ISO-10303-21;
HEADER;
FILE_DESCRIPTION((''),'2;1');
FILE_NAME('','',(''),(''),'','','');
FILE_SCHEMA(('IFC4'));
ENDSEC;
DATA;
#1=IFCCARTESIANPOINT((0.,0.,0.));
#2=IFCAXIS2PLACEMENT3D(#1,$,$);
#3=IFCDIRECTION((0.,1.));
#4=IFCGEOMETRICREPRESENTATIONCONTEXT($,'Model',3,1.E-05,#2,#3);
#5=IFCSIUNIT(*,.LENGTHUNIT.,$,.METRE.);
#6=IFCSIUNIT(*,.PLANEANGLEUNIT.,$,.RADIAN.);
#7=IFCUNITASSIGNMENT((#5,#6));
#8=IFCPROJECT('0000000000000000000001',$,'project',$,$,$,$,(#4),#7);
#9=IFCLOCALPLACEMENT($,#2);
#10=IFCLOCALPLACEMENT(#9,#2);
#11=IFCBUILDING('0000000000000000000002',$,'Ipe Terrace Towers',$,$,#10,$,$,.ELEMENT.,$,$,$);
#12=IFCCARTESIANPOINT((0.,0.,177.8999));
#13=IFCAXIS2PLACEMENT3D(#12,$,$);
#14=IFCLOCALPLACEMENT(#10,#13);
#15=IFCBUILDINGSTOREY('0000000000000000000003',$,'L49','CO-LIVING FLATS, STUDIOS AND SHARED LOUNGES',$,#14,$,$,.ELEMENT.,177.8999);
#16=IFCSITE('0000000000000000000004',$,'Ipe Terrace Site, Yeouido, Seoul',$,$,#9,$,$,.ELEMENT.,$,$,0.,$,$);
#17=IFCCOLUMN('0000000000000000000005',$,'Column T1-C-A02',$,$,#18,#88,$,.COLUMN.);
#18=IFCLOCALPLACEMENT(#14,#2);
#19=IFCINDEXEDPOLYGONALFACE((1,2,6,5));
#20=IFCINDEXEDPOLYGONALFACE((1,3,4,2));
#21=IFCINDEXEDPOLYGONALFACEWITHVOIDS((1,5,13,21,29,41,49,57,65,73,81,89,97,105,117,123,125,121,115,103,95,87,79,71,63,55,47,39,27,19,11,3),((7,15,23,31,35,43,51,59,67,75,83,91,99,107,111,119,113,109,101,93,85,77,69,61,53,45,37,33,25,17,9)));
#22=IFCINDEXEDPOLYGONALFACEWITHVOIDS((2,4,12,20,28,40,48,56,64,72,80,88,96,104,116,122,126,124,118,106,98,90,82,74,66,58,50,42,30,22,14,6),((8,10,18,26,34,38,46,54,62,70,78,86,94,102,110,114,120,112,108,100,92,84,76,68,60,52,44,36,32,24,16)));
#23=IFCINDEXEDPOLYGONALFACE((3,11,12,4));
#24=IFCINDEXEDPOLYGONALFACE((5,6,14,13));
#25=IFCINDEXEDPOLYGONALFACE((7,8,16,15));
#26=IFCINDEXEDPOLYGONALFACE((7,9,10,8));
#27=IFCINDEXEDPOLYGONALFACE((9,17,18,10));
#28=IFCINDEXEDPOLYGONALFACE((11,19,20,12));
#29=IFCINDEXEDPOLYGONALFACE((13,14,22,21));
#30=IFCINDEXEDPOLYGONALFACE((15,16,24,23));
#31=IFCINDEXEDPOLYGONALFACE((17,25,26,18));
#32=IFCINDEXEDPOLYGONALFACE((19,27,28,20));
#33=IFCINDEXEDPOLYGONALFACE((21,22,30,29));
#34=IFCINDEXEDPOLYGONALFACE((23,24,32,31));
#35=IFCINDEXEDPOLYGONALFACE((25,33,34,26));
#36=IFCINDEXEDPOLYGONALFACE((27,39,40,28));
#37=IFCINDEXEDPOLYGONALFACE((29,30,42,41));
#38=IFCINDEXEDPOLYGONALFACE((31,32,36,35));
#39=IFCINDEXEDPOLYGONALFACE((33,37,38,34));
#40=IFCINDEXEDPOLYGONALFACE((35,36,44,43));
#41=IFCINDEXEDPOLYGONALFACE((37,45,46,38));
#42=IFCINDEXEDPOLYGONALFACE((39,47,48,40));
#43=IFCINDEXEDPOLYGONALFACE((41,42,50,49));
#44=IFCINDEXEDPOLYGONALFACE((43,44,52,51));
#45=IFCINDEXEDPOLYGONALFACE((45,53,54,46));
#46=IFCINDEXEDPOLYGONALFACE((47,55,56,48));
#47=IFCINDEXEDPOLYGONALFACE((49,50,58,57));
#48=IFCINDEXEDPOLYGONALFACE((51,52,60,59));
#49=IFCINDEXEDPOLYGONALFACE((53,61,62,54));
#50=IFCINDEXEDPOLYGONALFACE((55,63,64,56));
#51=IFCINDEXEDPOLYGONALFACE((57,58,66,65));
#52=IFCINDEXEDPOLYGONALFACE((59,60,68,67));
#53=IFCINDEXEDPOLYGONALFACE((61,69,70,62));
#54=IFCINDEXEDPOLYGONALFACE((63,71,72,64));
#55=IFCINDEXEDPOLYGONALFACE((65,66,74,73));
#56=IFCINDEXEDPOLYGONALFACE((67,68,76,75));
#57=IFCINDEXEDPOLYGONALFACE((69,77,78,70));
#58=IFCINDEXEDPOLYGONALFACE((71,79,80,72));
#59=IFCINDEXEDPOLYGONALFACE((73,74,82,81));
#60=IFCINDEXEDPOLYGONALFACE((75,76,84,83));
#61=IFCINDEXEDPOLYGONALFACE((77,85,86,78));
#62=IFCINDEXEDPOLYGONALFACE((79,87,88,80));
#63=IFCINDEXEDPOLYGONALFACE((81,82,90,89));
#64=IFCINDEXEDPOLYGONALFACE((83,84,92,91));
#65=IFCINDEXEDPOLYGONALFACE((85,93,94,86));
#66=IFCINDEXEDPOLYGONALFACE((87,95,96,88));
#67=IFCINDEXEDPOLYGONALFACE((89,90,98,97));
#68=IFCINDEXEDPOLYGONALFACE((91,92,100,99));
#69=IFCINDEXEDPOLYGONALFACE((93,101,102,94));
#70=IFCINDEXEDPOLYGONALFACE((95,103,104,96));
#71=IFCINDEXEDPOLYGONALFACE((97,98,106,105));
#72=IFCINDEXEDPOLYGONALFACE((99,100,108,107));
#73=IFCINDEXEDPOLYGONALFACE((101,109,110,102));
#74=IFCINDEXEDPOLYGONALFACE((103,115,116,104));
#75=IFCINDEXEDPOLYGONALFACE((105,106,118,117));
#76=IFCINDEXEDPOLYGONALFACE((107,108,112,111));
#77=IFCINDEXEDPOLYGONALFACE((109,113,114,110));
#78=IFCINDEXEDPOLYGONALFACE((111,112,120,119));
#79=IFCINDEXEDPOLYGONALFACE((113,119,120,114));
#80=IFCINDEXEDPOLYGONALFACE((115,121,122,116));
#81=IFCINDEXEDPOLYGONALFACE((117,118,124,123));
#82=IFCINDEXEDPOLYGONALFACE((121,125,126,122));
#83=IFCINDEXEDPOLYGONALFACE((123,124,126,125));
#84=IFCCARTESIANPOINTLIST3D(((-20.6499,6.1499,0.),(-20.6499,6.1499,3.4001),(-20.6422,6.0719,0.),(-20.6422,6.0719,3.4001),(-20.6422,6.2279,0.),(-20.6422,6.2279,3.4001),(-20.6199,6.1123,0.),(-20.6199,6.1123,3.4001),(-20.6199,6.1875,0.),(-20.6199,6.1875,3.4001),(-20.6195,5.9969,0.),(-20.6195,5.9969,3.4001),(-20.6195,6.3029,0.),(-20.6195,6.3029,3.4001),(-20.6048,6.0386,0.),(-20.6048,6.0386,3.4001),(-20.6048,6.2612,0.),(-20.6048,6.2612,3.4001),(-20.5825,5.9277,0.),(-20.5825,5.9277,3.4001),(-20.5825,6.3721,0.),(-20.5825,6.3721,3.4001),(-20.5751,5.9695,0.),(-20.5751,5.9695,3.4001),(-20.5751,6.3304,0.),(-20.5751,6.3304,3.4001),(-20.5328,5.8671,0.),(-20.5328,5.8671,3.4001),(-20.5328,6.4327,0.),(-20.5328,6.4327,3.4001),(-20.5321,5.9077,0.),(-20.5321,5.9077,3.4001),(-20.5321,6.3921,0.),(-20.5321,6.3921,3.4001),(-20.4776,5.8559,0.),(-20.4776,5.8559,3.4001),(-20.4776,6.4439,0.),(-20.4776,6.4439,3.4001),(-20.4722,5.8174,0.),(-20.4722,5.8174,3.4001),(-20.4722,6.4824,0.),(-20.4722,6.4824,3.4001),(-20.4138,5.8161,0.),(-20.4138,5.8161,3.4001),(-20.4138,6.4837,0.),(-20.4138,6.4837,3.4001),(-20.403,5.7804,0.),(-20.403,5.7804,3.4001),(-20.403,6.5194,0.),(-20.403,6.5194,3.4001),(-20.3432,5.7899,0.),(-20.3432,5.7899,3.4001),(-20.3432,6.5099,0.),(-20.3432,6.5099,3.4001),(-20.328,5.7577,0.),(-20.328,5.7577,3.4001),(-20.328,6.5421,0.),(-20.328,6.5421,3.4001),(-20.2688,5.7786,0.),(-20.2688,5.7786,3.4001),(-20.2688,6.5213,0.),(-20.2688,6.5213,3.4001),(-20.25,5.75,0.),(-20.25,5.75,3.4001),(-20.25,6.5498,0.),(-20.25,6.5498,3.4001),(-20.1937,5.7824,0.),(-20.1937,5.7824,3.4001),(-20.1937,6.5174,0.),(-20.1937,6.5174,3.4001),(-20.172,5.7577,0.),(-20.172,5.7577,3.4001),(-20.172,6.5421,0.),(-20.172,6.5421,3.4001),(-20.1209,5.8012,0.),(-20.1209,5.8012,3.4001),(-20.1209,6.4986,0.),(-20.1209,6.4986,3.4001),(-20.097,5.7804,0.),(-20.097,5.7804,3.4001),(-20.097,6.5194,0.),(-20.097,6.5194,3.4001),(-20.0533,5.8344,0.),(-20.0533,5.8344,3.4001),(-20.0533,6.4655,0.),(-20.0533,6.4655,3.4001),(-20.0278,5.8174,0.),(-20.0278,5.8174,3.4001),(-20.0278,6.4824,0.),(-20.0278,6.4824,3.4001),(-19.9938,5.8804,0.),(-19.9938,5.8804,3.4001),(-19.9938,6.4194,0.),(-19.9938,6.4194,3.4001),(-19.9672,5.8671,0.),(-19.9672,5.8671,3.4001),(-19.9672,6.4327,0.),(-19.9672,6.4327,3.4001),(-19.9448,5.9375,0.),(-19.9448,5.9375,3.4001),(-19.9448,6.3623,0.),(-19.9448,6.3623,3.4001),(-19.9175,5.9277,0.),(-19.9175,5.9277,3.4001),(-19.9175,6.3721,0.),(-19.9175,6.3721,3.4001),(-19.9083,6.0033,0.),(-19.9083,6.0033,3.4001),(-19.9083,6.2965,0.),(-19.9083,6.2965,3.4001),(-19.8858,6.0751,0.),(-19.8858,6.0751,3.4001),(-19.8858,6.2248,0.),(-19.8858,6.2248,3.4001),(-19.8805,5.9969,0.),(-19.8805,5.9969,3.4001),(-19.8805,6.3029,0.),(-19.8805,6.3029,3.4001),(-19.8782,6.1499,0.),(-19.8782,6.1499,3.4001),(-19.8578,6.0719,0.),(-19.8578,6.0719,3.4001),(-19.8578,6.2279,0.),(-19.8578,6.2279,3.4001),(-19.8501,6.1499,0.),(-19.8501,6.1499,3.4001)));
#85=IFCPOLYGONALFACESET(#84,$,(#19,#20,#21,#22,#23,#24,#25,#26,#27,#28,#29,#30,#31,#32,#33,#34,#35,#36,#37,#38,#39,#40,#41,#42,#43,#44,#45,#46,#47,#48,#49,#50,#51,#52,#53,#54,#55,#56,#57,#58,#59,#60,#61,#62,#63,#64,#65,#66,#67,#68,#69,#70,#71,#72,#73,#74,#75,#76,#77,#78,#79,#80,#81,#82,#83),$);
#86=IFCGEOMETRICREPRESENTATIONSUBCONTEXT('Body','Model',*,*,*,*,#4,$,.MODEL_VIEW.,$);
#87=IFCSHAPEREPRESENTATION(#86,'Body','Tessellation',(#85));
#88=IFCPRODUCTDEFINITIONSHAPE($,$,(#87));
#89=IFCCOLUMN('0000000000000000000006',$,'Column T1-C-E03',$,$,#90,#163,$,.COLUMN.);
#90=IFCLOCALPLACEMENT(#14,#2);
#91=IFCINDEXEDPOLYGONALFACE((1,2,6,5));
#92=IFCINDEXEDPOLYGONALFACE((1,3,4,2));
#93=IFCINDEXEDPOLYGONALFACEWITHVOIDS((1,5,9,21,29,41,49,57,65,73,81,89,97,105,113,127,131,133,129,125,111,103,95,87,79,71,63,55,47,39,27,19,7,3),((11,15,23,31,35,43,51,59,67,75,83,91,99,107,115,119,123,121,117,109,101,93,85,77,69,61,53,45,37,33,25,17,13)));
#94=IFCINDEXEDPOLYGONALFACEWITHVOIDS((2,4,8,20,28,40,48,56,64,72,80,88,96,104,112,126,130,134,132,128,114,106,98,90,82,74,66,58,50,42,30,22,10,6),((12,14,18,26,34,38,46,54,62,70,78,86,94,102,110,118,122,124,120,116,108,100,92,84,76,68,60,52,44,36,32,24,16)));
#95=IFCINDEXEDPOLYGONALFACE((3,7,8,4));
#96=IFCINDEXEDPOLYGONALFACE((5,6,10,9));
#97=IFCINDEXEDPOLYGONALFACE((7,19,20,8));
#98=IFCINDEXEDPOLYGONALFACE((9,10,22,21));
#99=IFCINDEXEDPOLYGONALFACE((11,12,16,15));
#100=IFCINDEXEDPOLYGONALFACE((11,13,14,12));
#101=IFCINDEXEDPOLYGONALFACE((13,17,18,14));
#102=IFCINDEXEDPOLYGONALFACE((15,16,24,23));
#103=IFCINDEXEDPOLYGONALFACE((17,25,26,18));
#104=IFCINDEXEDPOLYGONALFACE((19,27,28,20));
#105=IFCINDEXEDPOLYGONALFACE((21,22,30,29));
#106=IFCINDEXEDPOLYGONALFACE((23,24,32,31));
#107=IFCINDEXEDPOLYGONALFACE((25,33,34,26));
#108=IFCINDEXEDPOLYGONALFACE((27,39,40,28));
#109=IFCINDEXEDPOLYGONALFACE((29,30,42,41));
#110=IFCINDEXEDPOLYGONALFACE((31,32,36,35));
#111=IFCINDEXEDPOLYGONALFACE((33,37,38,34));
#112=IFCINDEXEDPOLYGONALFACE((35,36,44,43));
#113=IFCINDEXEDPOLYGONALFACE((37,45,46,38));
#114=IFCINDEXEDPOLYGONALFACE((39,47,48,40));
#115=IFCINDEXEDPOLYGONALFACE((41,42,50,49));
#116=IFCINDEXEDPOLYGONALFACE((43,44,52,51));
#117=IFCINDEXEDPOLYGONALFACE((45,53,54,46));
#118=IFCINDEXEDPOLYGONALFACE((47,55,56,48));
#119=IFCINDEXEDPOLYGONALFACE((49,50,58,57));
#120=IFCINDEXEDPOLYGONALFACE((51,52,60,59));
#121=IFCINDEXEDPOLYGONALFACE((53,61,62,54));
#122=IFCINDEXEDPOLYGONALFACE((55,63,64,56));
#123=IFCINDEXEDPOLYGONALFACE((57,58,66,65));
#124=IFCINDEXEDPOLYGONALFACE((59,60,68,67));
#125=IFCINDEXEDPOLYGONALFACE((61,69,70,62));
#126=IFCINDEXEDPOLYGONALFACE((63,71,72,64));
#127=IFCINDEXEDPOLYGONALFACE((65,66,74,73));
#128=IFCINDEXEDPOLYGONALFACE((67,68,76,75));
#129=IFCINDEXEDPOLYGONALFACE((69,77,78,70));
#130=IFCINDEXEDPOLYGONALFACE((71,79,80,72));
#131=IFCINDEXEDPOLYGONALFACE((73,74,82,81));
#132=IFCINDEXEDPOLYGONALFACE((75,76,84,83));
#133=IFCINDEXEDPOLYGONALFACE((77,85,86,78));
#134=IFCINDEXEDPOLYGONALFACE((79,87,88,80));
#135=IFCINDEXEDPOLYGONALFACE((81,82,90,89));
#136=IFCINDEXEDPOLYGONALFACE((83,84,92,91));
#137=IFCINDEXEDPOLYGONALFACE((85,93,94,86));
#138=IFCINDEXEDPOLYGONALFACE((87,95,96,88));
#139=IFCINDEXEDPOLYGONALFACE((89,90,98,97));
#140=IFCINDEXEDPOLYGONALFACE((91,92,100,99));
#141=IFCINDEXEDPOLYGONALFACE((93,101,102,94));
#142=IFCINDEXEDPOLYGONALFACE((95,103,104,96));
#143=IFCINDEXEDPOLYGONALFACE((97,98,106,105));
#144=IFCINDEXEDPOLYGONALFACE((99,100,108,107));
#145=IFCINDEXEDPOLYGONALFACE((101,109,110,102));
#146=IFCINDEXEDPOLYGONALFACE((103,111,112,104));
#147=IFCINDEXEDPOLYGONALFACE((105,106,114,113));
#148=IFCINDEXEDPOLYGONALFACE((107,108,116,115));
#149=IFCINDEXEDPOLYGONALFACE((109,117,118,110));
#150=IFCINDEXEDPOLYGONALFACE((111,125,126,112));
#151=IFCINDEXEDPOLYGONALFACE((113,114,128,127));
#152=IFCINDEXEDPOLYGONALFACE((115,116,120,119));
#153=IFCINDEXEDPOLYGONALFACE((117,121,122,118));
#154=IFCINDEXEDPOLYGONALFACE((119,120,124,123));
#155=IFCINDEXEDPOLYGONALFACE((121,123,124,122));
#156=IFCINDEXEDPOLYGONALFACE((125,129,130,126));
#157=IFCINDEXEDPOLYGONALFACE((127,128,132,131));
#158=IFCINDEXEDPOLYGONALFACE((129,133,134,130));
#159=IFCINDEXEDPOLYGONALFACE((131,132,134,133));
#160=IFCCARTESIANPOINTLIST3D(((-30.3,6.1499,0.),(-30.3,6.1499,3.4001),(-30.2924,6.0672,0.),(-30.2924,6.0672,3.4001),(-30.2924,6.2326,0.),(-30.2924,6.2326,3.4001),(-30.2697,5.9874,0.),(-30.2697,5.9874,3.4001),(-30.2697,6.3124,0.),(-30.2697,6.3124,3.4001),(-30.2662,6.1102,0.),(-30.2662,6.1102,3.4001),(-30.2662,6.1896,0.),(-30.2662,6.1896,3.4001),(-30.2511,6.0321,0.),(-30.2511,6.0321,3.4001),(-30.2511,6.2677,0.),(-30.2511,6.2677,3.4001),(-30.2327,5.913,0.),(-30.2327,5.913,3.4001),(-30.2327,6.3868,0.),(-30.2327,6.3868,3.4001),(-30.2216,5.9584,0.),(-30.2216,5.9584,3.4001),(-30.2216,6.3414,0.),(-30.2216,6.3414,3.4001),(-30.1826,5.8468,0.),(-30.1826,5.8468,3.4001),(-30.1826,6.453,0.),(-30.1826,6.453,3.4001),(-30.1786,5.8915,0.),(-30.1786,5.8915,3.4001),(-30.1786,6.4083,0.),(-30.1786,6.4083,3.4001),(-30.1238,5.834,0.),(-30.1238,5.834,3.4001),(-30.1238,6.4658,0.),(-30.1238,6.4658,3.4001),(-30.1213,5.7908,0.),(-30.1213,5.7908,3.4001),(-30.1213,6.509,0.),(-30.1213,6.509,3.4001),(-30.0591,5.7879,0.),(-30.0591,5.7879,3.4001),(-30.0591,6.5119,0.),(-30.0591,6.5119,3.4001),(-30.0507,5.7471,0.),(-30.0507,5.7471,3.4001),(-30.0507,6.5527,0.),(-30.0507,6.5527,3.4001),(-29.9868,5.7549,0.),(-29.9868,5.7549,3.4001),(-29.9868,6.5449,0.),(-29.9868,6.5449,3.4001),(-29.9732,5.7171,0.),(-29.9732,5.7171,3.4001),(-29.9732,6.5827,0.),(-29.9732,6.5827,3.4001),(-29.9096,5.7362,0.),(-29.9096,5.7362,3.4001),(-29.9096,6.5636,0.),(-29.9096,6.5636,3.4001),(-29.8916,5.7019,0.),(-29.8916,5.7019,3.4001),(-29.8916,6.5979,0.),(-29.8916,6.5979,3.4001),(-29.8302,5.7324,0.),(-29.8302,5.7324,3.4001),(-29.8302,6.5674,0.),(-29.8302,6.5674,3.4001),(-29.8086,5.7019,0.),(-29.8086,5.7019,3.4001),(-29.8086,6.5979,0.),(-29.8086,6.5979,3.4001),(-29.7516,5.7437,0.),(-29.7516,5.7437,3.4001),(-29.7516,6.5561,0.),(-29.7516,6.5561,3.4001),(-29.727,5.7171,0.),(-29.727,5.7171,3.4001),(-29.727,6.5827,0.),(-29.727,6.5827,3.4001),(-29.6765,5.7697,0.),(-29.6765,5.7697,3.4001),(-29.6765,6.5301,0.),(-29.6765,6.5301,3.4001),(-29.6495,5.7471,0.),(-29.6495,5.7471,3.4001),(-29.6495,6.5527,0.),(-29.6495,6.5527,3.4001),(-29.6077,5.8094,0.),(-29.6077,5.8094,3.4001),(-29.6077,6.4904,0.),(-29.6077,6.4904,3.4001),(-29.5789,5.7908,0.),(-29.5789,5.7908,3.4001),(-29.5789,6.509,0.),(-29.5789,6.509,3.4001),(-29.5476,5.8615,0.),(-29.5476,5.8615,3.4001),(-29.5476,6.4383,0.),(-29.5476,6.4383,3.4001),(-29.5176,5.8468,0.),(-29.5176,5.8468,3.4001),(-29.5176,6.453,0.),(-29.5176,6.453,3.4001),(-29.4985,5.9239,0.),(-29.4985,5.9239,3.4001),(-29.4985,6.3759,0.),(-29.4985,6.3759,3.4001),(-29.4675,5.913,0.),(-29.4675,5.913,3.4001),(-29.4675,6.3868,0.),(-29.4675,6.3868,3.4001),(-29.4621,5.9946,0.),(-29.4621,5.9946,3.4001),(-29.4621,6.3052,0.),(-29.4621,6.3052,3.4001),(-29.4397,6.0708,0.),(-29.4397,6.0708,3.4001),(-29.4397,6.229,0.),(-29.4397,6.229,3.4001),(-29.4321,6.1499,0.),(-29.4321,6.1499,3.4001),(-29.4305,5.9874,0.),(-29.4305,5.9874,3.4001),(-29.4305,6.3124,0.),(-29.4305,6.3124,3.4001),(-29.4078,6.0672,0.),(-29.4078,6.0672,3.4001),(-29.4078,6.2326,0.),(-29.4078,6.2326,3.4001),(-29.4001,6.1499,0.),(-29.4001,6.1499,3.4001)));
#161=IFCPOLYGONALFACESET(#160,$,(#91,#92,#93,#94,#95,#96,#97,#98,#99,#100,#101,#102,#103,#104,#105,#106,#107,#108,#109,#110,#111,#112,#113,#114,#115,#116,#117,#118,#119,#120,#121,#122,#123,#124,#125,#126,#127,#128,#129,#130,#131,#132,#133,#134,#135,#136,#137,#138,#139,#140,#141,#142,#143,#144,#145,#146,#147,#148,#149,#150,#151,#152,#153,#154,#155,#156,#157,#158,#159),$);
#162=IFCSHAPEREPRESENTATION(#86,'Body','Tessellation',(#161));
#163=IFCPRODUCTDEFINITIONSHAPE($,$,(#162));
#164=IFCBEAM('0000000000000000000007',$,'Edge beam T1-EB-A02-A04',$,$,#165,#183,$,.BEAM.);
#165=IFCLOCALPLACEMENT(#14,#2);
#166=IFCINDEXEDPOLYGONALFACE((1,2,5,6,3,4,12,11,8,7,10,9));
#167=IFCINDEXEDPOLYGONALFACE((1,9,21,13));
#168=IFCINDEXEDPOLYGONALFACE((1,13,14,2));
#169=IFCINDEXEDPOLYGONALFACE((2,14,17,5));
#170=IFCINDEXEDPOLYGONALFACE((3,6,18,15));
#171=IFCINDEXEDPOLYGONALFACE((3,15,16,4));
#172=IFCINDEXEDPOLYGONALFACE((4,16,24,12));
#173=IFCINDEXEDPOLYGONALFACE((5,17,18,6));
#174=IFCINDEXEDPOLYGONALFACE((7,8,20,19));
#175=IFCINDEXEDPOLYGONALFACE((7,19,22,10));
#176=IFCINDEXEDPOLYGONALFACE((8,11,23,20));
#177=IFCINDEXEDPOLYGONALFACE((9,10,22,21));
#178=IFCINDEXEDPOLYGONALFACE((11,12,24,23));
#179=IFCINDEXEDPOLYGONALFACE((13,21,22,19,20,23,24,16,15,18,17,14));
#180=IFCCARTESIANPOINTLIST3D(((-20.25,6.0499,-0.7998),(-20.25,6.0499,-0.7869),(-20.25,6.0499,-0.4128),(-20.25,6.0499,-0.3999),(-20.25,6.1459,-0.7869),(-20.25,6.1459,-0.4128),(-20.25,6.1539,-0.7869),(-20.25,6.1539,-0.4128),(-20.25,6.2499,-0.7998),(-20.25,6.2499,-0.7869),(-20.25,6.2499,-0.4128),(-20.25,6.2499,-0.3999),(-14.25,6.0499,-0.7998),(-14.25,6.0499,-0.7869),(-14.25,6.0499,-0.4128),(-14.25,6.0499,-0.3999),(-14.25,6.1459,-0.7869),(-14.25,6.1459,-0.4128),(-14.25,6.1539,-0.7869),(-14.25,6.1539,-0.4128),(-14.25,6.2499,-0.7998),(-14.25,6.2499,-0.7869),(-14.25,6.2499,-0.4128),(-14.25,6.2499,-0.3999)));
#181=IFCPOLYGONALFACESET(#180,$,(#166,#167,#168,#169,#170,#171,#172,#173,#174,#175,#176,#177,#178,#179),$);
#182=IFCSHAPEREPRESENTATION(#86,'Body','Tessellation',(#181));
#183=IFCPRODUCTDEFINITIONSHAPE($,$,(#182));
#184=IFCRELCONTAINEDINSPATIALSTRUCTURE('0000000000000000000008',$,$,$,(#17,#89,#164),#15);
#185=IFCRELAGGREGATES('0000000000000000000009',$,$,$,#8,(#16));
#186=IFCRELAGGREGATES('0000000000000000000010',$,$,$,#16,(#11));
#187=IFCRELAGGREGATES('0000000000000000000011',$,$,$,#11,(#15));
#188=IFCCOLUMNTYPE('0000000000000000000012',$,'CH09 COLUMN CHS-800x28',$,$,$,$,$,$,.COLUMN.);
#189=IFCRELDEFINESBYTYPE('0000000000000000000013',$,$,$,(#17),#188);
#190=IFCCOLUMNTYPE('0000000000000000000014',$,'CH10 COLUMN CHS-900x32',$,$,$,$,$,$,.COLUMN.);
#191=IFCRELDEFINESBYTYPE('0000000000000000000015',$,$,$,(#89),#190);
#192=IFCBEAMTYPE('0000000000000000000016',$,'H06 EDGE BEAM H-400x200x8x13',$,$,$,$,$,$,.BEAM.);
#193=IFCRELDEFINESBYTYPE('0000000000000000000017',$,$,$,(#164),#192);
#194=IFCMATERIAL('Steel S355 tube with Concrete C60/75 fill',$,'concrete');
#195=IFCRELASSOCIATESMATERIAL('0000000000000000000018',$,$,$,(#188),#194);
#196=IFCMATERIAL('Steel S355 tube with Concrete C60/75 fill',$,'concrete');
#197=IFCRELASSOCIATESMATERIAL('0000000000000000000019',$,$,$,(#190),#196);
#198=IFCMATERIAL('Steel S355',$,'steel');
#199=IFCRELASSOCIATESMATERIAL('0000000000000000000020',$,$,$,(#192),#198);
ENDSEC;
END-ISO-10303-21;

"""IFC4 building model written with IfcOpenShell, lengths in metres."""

from ifc_helpers import new_model, si_unit, direction, frame, origin, origin_2d, place, context, subcontext, project, spatial, hollow_circle, i_section, extrude, material, material_profile, profile_set, type_object, element, save


model = new_model("IFC4")

# Units and contexts
model_context = context("Model", 3, precision=1e-05, world=origin(), true_north=direction((0.0, 1.0)))
body_context = subcontext(model_context, "Body", "Model", "MODEL_VIEW")
ifc_project = project(units=[si_unit("LENGTHUNIT", "METRE"), si_unit("PLANEANGLEUNIT", "RADIAN")], contexts=[model_context])

# Site, building, storey
site_placement = place(None, origin())
site = spatial("IfcSite", under=ifc_project, at=site_placement, Name="Ipe Terrace Site, Yeouido, Seoul", CompositionType="ELEMENT", RefElevation=0.0)
building_placement = place(site_placement, origin())
building = spatial("IfcBuilding", under=site, at=building_placement, Name="Ipe Terrace Towers", CompositionType="ELEMENT")
storey_placement = place(building_placement, frame((0.0, 0.0, 177.8999)))
storey = spatial("IfcBuildingStorey", under=building, at=storey_placement, Name="L49", Description="CO-LIVING FLATS, STUDIOS AND SHARED LOUNGES", CompositionType="ELEMENT", Elevation=177.8999)

# Columns
ifc_material_1 = material(Name="Steel S355 tube with Concrete C60/75 fill", Category="concrete")
ifc_material_profile_1 = material_profile(ifc_material_1, hollow_circle(Radius=0.3999, WallThickness=0.0281, at=origin_2d()), Name="CHS-800x28")
ifc_profile_set_1 = profile_set([ifc_material_profile_1], Name="Steel S355 tube with Concrete C60/75 fill")
column_type_1 = type_object("IfcColumnType", Name="CH09 COLUMN CHS-800x28", PredefinedType="COLUMN", material=ifc_profile_set_1)
column_1_placement = place(storey_placement, frame((-20.25, 6.1499, 0.0), z_axis=(0.0, 0.0, 1.0), x_axis=(1.0, 0.0, 0.0)))
element("IfcColumn", 1, at=column_1_placement, inside=storey, type_object=column_type_1, Name="Column T1-C-A02", PredefinedType="COLUMN", context=body_context, shape_type="SweptSolid", body=[
    extrude(hollow_circle(Radius=0.3999, WallThickness=0.0281, at=origin_2d()), origin(), (0.0, 0.0, 1.0), 3.4001),
])
ifc_material_2 = material(Name="Steel S355 tube with Concrete C60/75 fill", Category="concrete")
ifc_material_profile_2 = material_profile(ifc_material_2, hollow_circle(Radius=0.45, WallThickness=0.032, at=origin_2d()), Name="CHS-900x32")
ifc_profile_set_2 = profile_set([ifc_material_profile_2], Name="Steel S355 tube with Concrete C60/75 fill")
column_type_2 = type_object("IfcColumnType", Name="CH10 COLUMN CHS-900x32", PredefinedType="COLUMN", material=ifc_profile_set_2)
column_2_placement = place(storey_placement, frame((-29.8501, 6.1499, 0.0), z_axis=(0.0, 0.0, 1.0), x_axis=(1.0, 0.0, 0.0)))
element("IfcColumn", 2, at=column_2_placement, inside=storey, type_object=column_type_2, Name="Column T1-C-E03", PredefinedType="COLUMN", context=body_context, shape_type="SweptSolid", body=[
    extrude(hollow_circle(Radius=0.45, WallThickness=0.032, at=origin_2d()), origin(), (0.0, 0.0, 1.0), 3.4001),
])

# Beam
ifc_material_3 = material(Name="Steel S355", Category="steel")
ifc_material_profile_3 = material_profile(ifc_material_3, i_section(OverallWidth=0.2, OverallDepth=0.3999, WebThickness=0.0081, FlangeThickness=0.0129, at=origin_2d()), Name="H-400x200x8x13")
ifc_profile_set_3 = profile_set([ifc_material_profile_3], Name="Steel S355")
beam_type = type_object("IfcBeamType", Name="H06 EDGE BEAM H-400x200x8x13", PredefinedType="BEAM", material=ifc_profile_set_3)
beam_1_placement = place(storey_placement, frame((-20.25, 6.1499, -0.5999), z_axis=(1.0, 0.0, 0.0), x_axis=(0.0, 1.0, 0.0)))
element("IfcBeam", 3, at=beam_1_placement, inside=storey, type_object=beam_type, Name="Edge beam T1-EB-A02-A04", PredefinedType="BEAM", context=body_context, shape_type="SweptSolid", body=[
    extrude(i_section(OverallWidth=0.2, OverallDepth=0.3999, WebThickness=0.0081, FlangeThickness=0.0129, at=origin_2d()), origin(), (0.0, 0.0, 1.0), 6.0),
])

save(model, "model.ifc")
